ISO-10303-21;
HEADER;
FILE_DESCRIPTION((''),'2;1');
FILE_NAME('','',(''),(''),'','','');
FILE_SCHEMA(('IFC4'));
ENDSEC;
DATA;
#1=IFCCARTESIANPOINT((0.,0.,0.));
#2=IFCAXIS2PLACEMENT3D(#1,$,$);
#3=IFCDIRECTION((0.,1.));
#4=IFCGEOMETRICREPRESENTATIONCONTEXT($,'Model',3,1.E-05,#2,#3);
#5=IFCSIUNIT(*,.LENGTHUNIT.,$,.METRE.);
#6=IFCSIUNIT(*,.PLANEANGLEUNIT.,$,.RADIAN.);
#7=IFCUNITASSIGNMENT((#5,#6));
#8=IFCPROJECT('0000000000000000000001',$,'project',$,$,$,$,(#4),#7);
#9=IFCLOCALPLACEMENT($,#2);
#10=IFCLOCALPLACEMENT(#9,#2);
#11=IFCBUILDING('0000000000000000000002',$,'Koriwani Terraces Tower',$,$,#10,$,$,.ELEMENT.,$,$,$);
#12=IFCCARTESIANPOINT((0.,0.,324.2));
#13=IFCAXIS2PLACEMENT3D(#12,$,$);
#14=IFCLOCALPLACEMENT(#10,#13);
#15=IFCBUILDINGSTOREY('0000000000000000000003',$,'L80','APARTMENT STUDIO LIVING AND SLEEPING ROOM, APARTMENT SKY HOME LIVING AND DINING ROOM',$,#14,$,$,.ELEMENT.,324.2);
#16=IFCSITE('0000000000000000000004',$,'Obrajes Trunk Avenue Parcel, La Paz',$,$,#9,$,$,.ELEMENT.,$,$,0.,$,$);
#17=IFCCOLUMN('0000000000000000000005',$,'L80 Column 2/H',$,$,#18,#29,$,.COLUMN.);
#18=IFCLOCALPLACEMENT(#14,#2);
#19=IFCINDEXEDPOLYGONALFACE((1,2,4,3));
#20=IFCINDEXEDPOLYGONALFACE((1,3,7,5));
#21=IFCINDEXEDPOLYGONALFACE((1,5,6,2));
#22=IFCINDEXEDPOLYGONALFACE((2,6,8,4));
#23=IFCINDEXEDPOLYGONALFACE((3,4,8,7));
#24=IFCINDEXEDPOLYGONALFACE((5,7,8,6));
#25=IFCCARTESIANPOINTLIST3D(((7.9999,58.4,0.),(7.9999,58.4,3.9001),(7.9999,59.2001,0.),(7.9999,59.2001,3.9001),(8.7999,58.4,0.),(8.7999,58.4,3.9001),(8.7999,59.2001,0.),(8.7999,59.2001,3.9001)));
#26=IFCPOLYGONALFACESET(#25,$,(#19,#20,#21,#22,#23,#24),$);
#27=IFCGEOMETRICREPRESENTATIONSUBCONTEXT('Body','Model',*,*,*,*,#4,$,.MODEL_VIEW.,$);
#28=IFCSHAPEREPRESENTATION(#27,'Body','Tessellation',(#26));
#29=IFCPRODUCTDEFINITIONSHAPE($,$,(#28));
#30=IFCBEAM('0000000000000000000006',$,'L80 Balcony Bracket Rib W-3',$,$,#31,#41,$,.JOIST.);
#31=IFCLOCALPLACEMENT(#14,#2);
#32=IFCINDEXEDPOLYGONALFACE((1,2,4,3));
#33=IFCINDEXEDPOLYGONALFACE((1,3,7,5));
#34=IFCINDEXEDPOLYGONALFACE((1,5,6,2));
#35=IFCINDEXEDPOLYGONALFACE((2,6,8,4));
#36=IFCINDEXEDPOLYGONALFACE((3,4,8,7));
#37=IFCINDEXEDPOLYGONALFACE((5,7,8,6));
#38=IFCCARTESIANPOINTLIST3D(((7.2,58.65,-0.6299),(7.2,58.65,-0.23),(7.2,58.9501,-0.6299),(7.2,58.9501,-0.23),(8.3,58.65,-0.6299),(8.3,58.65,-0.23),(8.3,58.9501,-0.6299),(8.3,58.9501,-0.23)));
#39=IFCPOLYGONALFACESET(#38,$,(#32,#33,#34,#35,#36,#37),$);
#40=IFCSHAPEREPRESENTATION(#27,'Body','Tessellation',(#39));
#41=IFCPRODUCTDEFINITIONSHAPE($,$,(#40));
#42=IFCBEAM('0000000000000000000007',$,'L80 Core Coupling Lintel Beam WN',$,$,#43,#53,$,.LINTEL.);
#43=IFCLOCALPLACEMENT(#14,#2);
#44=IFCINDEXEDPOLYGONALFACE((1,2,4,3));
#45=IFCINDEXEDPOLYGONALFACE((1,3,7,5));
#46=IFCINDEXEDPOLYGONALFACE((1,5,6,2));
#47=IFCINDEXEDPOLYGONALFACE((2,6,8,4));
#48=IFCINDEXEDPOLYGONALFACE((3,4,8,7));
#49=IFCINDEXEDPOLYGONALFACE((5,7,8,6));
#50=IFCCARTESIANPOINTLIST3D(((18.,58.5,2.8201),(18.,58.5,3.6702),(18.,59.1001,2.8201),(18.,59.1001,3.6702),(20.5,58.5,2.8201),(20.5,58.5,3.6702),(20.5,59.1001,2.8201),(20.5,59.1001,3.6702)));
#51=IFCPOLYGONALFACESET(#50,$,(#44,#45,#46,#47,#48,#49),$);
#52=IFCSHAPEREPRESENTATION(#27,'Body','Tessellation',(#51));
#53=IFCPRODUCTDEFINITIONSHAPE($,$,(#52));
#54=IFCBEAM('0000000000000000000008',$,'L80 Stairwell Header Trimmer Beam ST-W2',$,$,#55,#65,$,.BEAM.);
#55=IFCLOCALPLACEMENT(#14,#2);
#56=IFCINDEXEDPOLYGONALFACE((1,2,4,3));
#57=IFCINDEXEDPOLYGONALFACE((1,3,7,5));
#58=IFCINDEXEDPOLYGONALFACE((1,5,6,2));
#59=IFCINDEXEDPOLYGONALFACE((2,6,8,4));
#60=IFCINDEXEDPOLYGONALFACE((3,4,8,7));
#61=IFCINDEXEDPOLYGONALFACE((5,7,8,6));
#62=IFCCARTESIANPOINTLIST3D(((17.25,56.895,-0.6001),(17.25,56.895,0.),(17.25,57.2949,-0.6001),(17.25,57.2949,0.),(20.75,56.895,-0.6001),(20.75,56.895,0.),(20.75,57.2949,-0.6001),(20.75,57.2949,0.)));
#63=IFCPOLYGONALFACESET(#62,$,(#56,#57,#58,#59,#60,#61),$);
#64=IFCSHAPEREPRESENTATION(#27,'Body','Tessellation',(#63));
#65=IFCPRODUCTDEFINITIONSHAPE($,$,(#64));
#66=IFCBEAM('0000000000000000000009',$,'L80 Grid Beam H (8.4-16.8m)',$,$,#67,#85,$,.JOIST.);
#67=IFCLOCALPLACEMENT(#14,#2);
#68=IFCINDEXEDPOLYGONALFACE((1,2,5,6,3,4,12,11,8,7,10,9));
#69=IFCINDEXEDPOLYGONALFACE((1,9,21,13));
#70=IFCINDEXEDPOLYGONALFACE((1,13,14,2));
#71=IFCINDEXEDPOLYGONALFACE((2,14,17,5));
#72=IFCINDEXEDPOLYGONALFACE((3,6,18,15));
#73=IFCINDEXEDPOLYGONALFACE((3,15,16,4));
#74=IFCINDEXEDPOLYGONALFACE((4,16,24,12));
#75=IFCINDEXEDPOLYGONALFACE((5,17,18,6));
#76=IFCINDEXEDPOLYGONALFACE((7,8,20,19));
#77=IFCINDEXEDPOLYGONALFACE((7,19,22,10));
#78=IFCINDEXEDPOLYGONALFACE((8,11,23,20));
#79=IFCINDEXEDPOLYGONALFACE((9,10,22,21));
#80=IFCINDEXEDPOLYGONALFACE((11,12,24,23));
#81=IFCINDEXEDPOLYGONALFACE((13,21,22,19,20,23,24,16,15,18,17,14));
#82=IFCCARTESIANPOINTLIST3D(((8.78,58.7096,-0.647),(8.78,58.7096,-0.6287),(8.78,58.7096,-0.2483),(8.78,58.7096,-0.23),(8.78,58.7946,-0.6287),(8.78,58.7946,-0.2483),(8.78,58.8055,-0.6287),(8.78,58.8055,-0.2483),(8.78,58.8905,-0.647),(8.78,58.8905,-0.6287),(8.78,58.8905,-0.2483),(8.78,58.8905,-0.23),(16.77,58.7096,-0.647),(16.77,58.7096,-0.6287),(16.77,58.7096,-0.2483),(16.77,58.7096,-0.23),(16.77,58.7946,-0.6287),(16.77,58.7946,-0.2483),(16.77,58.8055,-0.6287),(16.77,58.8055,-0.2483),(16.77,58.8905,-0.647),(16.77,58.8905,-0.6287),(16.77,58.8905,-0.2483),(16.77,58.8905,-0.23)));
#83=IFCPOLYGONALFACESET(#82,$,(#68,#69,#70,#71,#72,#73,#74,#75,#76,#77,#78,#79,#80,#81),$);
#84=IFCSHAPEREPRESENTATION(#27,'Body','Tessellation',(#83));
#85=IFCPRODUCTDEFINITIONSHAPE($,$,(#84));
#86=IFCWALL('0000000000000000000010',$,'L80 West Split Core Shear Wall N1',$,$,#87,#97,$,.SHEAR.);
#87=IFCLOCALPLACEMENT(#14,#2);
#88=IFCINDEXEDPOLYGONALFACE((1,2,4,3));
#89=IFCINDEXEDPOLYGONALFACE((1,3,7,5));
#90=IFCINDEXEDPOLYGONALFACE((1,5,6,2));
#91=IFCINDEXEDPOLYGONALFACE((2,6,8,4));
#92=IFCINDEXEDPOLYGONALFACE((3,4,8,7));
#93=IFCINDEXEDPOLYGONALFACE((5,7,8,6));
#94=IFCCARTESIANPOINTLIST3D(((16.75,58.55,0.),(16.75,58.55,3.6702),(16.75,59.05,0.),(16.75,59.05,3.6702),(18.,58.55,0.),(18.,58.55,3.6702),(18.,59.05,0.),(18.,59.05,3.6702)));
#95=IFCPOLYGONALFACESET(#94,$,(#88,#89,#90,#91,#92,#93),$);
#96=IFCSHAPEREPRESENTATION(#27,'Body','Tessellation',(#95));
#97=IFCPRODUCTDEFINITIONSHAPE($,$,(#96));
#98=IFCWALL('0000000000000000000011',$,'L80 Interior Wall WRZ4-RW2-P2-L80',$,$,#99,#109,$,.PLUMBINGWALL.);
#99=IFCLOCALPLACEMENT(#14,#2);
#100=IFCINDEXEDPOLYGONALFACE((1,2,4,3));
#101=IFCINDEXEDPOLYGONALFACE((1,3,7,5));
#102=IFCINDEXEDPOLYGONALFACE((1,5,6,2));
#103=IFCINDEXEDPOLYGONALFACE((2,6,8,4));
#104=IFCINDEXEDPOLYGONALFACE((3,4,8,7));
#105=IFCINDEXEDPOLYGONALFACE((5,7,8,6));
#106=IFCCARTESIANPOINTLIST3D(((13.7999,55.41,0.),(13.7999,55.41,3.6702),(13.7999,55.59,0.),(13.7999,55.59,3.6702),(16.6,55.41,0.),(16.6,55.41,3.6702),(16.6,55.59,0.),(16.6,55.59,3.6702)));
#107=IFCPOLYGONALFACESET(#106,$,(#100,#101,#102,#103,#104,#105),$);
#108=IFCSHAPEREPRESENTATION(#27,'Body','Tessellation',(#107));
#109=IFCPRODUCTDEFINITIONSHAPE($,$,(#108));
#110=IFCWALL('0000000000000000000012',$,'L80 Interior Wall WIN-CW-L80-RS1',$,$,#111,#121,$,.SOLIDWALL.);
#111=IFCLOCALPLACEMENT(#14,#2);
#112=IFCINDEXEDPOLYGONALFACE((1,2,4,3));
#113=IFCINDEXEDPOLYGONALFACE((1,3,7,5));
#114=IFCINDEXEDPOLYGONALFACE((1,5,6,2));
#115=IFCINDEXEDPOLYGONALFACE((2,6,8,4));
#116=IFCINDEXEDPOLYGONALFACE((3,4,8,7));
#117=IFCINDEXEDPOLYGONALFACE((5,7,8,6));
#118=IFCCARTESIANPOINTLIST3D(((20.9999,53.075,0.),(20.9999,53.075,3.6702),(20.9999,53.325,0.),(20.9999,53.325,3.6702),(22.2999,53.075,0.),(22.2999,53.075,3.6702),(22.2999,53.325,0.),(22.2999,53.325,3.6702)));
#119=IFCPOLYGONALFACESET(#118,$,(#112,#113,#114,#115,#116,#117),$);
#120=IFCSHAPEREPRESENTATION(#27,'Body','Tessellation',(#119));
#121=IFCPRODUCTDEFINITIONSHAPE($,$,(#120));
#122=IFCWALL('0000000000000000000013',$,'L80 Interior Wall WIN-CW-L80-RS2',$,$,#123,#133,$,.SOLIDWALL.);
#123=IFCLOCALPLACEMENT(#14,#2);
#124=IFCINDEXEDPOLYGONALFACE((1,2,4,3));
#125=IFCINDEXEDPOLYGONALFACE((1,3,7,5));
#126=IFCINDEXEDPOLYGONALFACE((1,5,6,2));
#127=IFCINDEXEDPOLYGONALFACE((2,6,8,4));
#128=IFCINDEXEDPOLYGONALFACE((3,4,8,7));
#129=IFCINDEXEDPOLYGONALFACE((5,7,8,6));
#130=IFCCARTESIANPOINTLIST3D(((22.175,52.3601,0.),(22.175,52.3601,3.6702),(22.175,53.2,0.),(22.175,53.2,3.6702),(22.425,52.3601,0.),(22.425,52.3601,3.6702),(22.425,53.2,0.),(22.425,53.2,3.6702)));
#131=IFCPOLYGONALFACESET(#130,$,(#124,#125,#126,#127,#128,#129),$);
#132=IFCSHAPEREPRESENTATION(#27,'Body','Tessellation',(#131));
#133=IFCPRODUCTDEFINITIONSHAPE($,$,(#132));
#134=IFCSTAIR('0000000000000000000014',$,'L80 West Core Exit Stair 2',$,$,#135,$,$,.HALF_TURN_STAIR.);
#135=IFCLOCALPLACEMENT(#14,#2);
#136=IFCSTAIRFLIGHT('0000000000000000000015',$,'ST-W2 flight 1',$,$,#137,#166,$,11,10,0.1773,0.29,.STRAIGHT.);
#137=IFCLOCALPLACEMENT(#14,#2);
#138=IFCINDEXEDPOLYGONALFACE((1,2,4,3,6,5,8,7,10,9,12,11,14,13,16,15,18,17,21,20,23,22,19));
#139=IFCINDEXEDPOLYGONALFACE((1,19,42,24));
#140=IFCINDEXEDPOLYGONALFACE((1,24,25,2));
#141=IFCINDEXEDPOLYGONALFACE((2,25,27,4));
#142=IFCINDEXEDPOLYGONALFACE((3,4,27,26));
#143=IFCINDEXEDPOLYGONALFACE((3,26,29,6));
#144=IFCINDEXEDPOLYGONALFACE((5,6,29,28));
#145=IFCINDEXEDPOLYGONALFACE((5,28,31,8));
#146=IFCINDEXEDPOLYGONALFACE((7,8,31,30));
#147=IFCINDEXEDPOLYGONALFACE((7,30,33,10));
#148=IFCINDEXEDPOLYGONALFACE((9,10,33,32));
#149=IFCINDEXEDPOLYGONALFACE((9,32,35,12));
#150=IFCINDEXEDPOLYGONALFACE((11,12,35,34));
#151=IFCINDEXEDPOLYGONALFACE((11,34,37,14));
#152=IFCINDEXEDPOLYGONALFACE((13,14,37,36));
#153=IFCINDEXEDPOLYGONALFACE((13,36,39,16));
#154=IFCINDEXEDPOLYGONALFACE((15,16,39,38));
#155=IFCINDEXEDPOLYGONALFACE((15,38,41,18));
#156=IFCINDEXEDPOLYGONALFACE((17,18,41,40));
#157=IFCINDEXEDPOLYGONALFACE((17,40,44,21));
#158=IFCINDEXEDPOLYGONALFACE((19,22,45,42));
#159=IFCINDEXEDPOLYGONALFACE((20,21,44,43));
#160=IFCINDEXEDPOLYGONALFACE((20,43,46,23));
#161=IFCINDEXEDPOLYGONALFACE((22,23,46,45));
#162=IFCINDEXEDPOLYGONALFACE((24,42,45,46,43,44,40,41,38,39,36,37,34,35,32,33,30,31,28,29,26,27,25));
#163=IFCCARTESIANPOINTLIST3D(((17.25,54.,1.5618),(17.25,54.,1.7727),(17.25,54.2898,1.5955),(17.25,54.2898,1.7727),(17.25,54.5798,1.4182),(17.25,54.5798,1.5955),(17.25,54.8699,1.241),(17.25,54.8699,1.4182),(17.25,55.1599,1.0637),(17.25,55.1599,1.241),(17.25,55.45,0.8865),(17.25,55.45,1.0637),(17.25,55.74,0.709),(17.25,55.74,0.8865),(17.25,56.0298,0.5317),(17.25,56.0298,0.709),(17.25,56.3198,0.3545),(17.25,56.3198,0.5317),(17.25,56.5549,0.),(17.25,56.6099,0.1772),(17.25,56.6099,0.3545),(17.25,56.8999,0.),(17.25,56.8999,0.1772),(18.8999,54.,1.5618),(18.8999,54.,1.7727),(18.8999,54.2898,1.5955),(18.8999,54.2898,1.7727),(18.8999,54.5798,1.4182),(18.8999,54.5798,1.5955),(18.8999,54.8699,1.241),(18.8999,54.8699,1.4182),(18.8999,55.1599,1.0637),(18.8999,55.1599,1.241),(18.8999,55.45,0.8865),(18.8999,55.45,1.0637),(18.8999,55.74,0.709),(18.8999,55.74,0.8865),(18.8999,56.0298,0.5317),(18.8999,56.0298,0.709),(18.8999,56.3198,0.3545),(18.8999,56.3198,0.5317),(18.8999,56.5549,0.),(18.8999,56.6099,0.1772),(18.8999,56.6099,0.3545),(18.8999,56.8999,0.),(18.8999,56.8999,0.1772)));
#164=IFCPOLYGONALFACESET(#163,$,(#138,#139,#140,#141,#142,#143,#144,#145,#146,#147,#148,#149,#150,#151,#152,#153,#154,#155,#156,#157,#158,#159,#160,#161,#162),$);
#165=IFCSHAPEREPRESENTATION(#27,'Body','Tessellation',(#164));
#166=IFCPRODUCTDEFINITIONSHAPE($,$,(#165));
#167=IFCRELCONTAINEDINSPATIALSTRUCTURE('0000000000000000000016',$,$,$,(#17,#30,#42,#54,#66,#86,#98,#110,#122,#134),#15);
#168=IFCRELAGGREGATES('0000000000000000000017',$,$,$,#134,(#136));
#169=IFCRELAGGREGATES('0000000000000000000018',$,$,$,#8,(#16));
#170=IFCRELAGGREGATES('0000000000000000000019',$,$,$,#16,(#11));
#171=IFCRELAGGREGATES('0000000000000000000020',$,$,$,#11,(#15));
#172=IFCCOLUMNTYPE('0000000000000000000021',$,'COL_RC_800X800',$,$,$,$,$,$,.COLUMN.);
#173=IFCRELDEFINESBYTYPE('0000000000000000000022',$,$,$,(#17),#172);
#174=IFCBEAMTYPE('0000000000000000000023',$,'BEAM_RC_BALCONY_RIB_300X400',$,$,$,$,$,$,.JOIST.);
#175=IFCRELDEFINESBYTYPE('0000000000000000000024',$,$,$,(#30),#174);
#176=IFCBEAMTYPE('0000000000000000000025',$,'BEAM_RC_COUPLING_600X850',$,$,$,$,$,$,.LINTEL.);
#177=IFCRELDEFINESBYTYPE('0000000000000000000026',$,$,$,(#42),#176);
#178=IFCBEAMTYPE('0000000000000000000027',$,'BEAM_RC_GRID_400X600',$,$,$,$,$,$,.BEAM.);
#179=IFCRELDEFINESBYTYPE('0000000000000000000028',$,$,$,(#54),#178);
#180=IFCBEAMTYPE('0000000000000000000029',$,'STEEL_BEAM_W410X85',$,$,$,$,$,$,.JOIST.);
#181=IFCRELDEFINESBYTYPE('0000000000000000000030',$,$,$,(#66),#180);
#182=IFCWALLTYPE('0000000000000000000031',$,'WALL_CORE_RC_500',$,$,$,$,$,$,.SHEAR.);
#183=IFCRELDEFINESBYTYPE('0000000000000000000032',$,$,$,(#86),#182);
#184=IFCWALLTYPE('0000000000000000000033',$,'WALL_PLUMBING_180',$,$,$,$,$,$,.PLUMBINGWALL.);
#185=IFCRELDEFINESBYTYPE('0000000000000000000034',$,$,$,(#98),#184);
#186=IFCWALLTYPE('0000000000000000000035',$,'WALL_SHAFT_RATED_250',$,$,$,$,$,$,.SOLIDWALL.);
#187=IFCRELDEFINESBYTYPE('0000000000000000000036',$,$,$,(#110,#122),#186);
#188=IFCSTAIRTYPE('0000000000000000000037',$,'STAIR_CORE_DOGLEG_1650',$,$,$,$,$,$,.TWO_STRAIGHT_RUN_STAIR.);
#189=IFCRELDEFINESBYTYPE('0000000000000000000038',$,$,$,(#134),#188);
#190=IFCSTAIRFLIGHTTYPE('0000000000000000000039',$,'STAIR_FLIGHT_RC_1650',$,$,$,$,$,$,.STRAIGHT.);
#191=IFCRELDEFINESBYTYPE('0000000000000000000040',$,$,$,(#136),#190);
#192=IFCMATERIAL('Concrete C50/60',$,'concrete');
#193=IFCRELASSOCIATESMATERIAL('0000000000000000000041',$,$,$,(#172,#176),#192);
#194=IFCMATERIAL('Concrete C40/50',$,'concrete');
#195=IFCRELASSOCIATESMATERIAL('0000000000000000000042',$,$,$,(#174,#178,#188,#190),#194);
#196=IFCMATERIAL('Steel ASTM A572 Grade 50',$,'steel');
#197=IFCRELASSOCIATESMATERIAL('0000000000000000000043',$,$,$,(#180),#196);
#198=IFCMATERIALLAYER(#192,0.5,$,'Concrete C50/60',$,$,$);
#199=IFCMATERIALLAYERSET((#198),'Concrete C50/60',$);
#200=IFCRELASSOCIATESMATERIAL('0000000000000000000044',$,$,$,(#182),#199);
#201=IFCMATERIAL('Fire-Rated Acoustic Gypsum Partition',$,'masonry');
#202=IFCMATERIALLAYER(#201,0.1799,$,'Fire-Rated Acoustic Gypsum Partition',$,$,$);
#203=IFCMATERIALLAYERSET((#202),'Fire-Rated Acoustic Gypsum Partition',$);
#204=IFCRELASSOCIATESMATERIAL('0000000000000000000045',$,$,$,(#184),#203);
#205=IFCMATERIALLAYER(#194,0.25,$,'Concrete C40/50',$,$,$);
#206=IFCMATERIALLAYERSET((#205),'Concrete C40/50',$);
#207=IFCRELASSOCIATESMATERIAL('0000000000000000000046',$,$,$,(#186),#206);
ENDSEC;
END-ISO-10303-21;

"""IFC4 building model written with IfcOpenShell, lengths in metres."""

from ifc_helpers import new_model, si_unit, direction, frame, frame_2d, origin, origin_2d, place, context, subcontext, project, spatial, polyline, rectangle, i_section, outline, extrude, material, layer, layer_set, material_profile, profile_set, type_object, element, aggregate, save


model = new_model("IFC4")

# Units and contexts
model_context = context("Model", 3, precision=1e-05, world=origin(), true_north=direction((0.0, 1.0)))
body_context = subcontext(model_context, "Body", "Model", "MODEL_VIEW")
ifc_project = project(units=[si_unit("LENGTHUNIT", "METRE"), si_unit("PLANEANGLEUNIT", "RADIAN")], contexts=[model_context])

# Site, building, storey
site_placement = place(None, origin())
site = spatial("IfcSite", under=ifc_project, at=site_placement, Name="Obrajes Trunk Avenue Parcel, La Paz", CompositionType="ELEMENT", RefElevation=0.0)
building_placement = place(site_placement, origin())
building = spatial("IfcBuilding", under=site, at=building_placement, Name="Koriwani Terraces Tower", CompositionType="ELEMENT")
storey_placement = place(building_placement, frame((0.0, 0.0, 324.2)))
storey = spatial("IfcBuildingStorey", under=building, at=storey_placement, Name="L80", Description="APARTMENT STUDIO LIVING AND SLEEPING ROOM, APARTMENT SKY HOME LIVING AND DINING ROOM", CompositionType="ELEMENT", Elevation=324.2)

# Column
ifc_material_1 = material(Name="Concrete C50/60", Category="concrete")
ifc_material_profile_1 = material_profile(ifc_material_1, rectangle(XDim=0.8, YDim=0.8, at=origin_2d()), Name="Concrete C50/60", Category="LoadBearing")
ifc_profile_set_1 = profile_set([ifc_material_profile_1], Name="Concrete C50/60")
column_type = type_object("IfcColumnType", Name="COL_RC_800X800", PredefinedType="COLUMN", material=ifc_profile_set_1)
column_placement = place(storey_placement, frame((8.3999, 58.8, 0.0), z_axis=(0.0, 0.0, 1.0), x_axis=(1.0, 0.0, 0.0)))
element("IfcColumn", 1, at=column_placement, inside=storey, type_object=column_type, Name="L80 Column 2/H", PredefinedType="COLUMN", context=body_context, shape_type="SweptSolid", body=[
    extrude(rectangle(XDim=0.8, YDim=0.8, at=origin_2d()), origin(), (0.0, 0.0, 1.0), 3.9001),
])

# Beams
ifc_material_2 = material(Name="Concrete C40/50", Category="concrete")
ifc_material_profile_2 = material_profile(ifc_material_2, rectangle(XDim=0.3, YDim=0.3999, at=origin_2d()), Name="Concrete C40/50", Category="LoadBearing")
ifc_profile_set_2 = profile_set([ifc_material_profile_2], Name="Concrete C40/50")
beam_type_1 = type_object("IfcBeamType", Name="BEAM_RC_BALCONY_RIB_300X400", PredefinedType="JOIST", material=ifc_profile_set_2)
beam_1_placement = place(storey_placement, frame((7.2, 58.8, -0.4299), z_axis=(1.0, 0.0, 0.0), x_axis=(0.0, 1.0, 0.0)))
element("IfcBeam", 2, at=beam_1_placement, inside=storey, type_object=beam_type_1, Name="L80 Balcony Bracket Rib W-3", PredefinedType="JOIST", context=body_context, shape_type="SweptSolid", body=[
    extrude(rectangle(XDim=0.3, YDim=0.3999, at=origin_2d()), origin(), (0.0, 0.0, 1.0), 1.1001),
])
ifc_material_profile_3 = material_profile(ifc_material_1, rectangle(XDim=0.6001, YDim=0.8501, at=origin_2d()), Name="Concrete C50/60", Category="LoadBearing")
ifc_profile_set_3 = profile_set([ifc_material_profile_3], Name="Concrete C50/60")
beam_type_2 = type_object("IfcBeamType", Name="BEAM_RC_COUPLING_600X850", PredefinedType="LINTEL", material=ifc_profile_set_3)
beam_2_placement = place(storey_placement, frame((18.0, 58.8, 3.2451), z_axis=(1.0, 0.0, 0.0), x_axis=(0.0, 1.0, 0.0)))
element("IfcBeam", 3, at=beam_2_placement, inside=storey, type_object=beam_type_2, Name="L80 Core Coupling Lintel Beam WN", PredefinedType="LINTEL", context=body_context, shape_type="SweptSolid", body=[
    extrude(rectangle(XDim=0.6001, YDim=0.8501, at=origin_2d()), origin(), (0.0, 0.0, 1.0), 2.5),
])
ifc_material_profile_4 = material_profile(ifc_material_2, rectangle(XDim=0.3999, YDim=0.6001, at=origin_2d()), Name="Concrete C40/50", Category="LoadBearing")
ifc_profile_set_4 = profile_set([ifc_material_profile_4], Name="Concrete C40/50")
beam_type_3 = type_object("IfcBeamType", Name="BEAM_RC_GRID_400X600", PredefinedType="BEAM", material=ifc_profile_set_4)
beam_3_placement = place(storey_placement, frame((17.25, 57.095, -0.3), z_axis=(1.0, 0.0, 0.0), x_axis=(0.0, 1.0, 0.0)))
element("IfcBeam", 4, at=beam_3_placement, inside=storey, type_object=beam_type_3, Name="L80 Stairwell Header Trimmer Beam ST-W2", PredefinedType="BEAM", context=body_context, shape_type="SweptSolid", body=[
    extrude(rectangle(XDim=0.3999, YDim=0.6001, at=origin_2d()), origin(), (0.0, 0.0, 1.0), 3.5),
])
ifc_material_3 = material(Name="Steel ASTM A572 Grade 50", Category="steel")
ifc_material_profile_5 = material_profile(ifc_material_3, i_section(OverallWidth=0.1809, OverallDepth=0.417, WebThickness=0.011, FlangeThickness=0.0183, at=origin_2d()), Name="Steel ASTM A572 Grade 50", Category="LoadBearing")
ifc_profile_set_5 = profile_set([ifc_material_profile_5], Name="Steel ASTM A572 Grade 50")
beam_type_4 = type_object("IfcBeamType", Name="STEEL_BEAM_W410X85", PredefinedType="JOIST", material=ifc_profile_set_5)
beam_4_placement = place(storey_placement, frame((8.78, 58.8, -0.4385), z_axis=(1.0, 0.0, 0.0), x_axis=(0.0, 1.0, 0.0)))
element("IfcBeam", 5, at=beam_4_placement, inside=storey, type_object=beam_type_4, Name="L80 Grid Beam H (8.4-16.8m)", PredefinedType="JOIST", context=body_context, shape_type="SweptSolid", body=[
    extrude(i_section(OverallWidth=0.1809, OverallDepth=0.417, WebThickness=0.011, FlangeThickness=0.0183, at=origin_2d()), origin(), (0.0, 0.0, 1.0), 7.99),
])

# Walls
ifc_layer_1 = layer(ifc_material_1, 0.5, Name="Concrete C50/60")
ifc_layer_set_1 = layer_set([ifc_layer_1], Name="Concrete C50/60")
wall_type_1 = type_object("IfcWallType", Name="WALL_CORE_RC_500", PredefinedType="SHEAR", material=ifc_layer_set_1)
wall_1_placement = place(storey_placement, frame((16.75, 58.8, 0.0), z_axis=(0.0, 0.0, 1.0), x_axis=(1.0, 0.0, 0.0)))
element("IfcWall", 6, at=wall_1_placement, inside=storey, type_object=wall_type_1, Name="L80 West Split Core Shear Wall N1", PredefinedType="SHEAR", context=body_context, shape_type="SweptSolid", body=[
    extrude(rectangle(XDim=1.25, YDim=0.5, at=frame_2d((0.625, 0.0))), origin(), (0.0, 0.0, 1.0), 3.6702),
])
ifc_material_4 = material(Name="Fire-Rated Acoustic Gypsum Partition", Category="masonry")
ifc_layer_2 = layer(ifc_material_4, 0.1799, Name="Fire-Rated Acoustic Gypsum Partition")
ifc_layer_set_2 = layer_set([ifc_layer_2], Name="Fire-Rated Acoustic Gypsum Partition")
wall_type_2 = type_object("IfcWallType", Name="WALL_PLUMBING_180", PredefinedType="PLUMBINGWALL", material=ifc_layer_set_2)
wall_2_placement = place(storey_placement, frame((13.8, 55.5, 0.0), z_axis=(0.0, 0.0, 1.0), x_axis=(1.0, 0.0, 0.0)))
element("IfcWall", 7, at=wall_2_placement, inside=storey, type_object=wall_type_2, Name="L80 Interior Wall WRZ4-RW2-P2-L80", PredefinedType="PLUMBINGWALL", context=body_context, shape_type="SweptSolid", body=[
    extrude(rectangle(XDim=2.8, YDim=0.1799, at=frame_2d((1.3999, 0.0))), origin(), (0.0, 0.0, 1.0), 3.6702),
])

# Shared definitions
ifc_layer_3 = layer(ifc_material_2, 0.25, Name="Concrete C40/50")
ifc_layer_set_3 = layer_set([ifc_layer_3], Name="Concrete C40/50")
wall_type_3 = type_object("IfcWallType", Name="WALL_SHAFT_RATED_250", PredefinedType="SOLIDWALL", material=ifc_layer_set_3)

# Walls
wall_3_placement = place(storey_placement, frame((21.0, 53.2, 0.0), z_axis=(0.0, 0.0, 1.0), x_axis=(1.0, 0.0, 0.0)))
element("IfcWall", 8, at=wall_3_placement, inside=storey, type_object=wall_type_3, Name="L80 Interior Wall WIN-CW-L80-RS1", PredefinedType="SOLIDWALL", context=body_context, shape_type="SweptSolid", body=[
    extrude(rectangle(XDim=1.3, YDim=0.25, at=frame_2d((0.6499, 0.0))), origin(), (0.0, 0.0, 1.0), 3.6702),
])
wall_4_placement = place(storey_placement, frame((22.3, 52.3601, 0.0), z_axis=(0.0, 0.0, 1.0), x_axis=(0.0, 1.0, 0.0)))
element("IfcWall", 9, at=wall_4_placement, inside=storey, type_object=wall_type_3, Name="L80 Interior Wall WIN-CW-L80-RS2", PredefinedType="SOLIDWALL", context=body_context, shape_type="SweptSolid", body=[
    extrude(rectangle(XDim=0.8398, YDim=0.25, at=frame_2d((0.4199, 0.0))), origin(), (0.0, 0.0, 1.0), 3.6702),
])

# Stair, stair flight
stair_type = type_object("IfcStairType", Name="STAIR_CORE_DOGLEG_1650", PredefinedType="TWO_STRAIGHT_RUN_STAIR", material=ifc_material_2)
stair_placement = place(storey_placement, origin())
stair = element("IfcStair", 10, at=stair_placement, inside=storey, type_object=stair_type, Name="L80 West Core Exit Stair 2", PredefinedType="HALF_TURN_STAIR")
stair_flight_type = type_object("IfcStairFlightType", Name="STAIR_FLIGHT_RC_1650", PredefinedType="STRAIGHT", material=ifc_material_2)
stair_flight_1_placement = place(storey_placement, frame((18.075, 56.8999, 0.0), z_axis=(0.0, 0.0, 1.0), x_axis=(0.0, -1.0, 0.0)))
stair_flight_1 = element("IfcStairFlight", 11, at=stair_flight_1_placement, type_object=stair_flight_type, Name="ST-W2 flight 1", NumberOfRisers=11, NumberOfTreads=10, PredefinedType="STRAIGHT", RiserHeight=0.1773, TreadLength=0.29, context=body_context, shape_type="SweptSolid", body=[
    extrude(outline(polyline([(0.0, 0.0), (0.0, 0.1772), (0.29, 0.1772), (0.29, 0.3545), (0.5801, 0.3545), (0.5801, 0.5317), (0.8701, 0.5317), (0.8701, 0.709), (1.1599, 0.709), (1.1599, 0.8865), (1.45, 0.8865), (1.45, 1.0637), (1.74, 1.0637), (1.74, 1.241), (2.03, 1.241), (2.03, 1.4182), (2.3201, 1.4182), (2.3201, 1.5955), (2.6101, 1.5955), (2.6101, 1.7727), (2.8999, 1.7727), (2.8999, 1.95), (2.8999, 1.5618), (0.345, 0.0), (0.0, 0.0)])), frame((0.0, 0.825, 0.0), z_axis=(0.0, -1.0, 0.0), x_axis=(1.0, 0.0, 0.0)), (0.0, 0.0, 1.0), 1.6499),
])
aggregate(stair, [stair_flight_1])

save(model, "model.ifc")
